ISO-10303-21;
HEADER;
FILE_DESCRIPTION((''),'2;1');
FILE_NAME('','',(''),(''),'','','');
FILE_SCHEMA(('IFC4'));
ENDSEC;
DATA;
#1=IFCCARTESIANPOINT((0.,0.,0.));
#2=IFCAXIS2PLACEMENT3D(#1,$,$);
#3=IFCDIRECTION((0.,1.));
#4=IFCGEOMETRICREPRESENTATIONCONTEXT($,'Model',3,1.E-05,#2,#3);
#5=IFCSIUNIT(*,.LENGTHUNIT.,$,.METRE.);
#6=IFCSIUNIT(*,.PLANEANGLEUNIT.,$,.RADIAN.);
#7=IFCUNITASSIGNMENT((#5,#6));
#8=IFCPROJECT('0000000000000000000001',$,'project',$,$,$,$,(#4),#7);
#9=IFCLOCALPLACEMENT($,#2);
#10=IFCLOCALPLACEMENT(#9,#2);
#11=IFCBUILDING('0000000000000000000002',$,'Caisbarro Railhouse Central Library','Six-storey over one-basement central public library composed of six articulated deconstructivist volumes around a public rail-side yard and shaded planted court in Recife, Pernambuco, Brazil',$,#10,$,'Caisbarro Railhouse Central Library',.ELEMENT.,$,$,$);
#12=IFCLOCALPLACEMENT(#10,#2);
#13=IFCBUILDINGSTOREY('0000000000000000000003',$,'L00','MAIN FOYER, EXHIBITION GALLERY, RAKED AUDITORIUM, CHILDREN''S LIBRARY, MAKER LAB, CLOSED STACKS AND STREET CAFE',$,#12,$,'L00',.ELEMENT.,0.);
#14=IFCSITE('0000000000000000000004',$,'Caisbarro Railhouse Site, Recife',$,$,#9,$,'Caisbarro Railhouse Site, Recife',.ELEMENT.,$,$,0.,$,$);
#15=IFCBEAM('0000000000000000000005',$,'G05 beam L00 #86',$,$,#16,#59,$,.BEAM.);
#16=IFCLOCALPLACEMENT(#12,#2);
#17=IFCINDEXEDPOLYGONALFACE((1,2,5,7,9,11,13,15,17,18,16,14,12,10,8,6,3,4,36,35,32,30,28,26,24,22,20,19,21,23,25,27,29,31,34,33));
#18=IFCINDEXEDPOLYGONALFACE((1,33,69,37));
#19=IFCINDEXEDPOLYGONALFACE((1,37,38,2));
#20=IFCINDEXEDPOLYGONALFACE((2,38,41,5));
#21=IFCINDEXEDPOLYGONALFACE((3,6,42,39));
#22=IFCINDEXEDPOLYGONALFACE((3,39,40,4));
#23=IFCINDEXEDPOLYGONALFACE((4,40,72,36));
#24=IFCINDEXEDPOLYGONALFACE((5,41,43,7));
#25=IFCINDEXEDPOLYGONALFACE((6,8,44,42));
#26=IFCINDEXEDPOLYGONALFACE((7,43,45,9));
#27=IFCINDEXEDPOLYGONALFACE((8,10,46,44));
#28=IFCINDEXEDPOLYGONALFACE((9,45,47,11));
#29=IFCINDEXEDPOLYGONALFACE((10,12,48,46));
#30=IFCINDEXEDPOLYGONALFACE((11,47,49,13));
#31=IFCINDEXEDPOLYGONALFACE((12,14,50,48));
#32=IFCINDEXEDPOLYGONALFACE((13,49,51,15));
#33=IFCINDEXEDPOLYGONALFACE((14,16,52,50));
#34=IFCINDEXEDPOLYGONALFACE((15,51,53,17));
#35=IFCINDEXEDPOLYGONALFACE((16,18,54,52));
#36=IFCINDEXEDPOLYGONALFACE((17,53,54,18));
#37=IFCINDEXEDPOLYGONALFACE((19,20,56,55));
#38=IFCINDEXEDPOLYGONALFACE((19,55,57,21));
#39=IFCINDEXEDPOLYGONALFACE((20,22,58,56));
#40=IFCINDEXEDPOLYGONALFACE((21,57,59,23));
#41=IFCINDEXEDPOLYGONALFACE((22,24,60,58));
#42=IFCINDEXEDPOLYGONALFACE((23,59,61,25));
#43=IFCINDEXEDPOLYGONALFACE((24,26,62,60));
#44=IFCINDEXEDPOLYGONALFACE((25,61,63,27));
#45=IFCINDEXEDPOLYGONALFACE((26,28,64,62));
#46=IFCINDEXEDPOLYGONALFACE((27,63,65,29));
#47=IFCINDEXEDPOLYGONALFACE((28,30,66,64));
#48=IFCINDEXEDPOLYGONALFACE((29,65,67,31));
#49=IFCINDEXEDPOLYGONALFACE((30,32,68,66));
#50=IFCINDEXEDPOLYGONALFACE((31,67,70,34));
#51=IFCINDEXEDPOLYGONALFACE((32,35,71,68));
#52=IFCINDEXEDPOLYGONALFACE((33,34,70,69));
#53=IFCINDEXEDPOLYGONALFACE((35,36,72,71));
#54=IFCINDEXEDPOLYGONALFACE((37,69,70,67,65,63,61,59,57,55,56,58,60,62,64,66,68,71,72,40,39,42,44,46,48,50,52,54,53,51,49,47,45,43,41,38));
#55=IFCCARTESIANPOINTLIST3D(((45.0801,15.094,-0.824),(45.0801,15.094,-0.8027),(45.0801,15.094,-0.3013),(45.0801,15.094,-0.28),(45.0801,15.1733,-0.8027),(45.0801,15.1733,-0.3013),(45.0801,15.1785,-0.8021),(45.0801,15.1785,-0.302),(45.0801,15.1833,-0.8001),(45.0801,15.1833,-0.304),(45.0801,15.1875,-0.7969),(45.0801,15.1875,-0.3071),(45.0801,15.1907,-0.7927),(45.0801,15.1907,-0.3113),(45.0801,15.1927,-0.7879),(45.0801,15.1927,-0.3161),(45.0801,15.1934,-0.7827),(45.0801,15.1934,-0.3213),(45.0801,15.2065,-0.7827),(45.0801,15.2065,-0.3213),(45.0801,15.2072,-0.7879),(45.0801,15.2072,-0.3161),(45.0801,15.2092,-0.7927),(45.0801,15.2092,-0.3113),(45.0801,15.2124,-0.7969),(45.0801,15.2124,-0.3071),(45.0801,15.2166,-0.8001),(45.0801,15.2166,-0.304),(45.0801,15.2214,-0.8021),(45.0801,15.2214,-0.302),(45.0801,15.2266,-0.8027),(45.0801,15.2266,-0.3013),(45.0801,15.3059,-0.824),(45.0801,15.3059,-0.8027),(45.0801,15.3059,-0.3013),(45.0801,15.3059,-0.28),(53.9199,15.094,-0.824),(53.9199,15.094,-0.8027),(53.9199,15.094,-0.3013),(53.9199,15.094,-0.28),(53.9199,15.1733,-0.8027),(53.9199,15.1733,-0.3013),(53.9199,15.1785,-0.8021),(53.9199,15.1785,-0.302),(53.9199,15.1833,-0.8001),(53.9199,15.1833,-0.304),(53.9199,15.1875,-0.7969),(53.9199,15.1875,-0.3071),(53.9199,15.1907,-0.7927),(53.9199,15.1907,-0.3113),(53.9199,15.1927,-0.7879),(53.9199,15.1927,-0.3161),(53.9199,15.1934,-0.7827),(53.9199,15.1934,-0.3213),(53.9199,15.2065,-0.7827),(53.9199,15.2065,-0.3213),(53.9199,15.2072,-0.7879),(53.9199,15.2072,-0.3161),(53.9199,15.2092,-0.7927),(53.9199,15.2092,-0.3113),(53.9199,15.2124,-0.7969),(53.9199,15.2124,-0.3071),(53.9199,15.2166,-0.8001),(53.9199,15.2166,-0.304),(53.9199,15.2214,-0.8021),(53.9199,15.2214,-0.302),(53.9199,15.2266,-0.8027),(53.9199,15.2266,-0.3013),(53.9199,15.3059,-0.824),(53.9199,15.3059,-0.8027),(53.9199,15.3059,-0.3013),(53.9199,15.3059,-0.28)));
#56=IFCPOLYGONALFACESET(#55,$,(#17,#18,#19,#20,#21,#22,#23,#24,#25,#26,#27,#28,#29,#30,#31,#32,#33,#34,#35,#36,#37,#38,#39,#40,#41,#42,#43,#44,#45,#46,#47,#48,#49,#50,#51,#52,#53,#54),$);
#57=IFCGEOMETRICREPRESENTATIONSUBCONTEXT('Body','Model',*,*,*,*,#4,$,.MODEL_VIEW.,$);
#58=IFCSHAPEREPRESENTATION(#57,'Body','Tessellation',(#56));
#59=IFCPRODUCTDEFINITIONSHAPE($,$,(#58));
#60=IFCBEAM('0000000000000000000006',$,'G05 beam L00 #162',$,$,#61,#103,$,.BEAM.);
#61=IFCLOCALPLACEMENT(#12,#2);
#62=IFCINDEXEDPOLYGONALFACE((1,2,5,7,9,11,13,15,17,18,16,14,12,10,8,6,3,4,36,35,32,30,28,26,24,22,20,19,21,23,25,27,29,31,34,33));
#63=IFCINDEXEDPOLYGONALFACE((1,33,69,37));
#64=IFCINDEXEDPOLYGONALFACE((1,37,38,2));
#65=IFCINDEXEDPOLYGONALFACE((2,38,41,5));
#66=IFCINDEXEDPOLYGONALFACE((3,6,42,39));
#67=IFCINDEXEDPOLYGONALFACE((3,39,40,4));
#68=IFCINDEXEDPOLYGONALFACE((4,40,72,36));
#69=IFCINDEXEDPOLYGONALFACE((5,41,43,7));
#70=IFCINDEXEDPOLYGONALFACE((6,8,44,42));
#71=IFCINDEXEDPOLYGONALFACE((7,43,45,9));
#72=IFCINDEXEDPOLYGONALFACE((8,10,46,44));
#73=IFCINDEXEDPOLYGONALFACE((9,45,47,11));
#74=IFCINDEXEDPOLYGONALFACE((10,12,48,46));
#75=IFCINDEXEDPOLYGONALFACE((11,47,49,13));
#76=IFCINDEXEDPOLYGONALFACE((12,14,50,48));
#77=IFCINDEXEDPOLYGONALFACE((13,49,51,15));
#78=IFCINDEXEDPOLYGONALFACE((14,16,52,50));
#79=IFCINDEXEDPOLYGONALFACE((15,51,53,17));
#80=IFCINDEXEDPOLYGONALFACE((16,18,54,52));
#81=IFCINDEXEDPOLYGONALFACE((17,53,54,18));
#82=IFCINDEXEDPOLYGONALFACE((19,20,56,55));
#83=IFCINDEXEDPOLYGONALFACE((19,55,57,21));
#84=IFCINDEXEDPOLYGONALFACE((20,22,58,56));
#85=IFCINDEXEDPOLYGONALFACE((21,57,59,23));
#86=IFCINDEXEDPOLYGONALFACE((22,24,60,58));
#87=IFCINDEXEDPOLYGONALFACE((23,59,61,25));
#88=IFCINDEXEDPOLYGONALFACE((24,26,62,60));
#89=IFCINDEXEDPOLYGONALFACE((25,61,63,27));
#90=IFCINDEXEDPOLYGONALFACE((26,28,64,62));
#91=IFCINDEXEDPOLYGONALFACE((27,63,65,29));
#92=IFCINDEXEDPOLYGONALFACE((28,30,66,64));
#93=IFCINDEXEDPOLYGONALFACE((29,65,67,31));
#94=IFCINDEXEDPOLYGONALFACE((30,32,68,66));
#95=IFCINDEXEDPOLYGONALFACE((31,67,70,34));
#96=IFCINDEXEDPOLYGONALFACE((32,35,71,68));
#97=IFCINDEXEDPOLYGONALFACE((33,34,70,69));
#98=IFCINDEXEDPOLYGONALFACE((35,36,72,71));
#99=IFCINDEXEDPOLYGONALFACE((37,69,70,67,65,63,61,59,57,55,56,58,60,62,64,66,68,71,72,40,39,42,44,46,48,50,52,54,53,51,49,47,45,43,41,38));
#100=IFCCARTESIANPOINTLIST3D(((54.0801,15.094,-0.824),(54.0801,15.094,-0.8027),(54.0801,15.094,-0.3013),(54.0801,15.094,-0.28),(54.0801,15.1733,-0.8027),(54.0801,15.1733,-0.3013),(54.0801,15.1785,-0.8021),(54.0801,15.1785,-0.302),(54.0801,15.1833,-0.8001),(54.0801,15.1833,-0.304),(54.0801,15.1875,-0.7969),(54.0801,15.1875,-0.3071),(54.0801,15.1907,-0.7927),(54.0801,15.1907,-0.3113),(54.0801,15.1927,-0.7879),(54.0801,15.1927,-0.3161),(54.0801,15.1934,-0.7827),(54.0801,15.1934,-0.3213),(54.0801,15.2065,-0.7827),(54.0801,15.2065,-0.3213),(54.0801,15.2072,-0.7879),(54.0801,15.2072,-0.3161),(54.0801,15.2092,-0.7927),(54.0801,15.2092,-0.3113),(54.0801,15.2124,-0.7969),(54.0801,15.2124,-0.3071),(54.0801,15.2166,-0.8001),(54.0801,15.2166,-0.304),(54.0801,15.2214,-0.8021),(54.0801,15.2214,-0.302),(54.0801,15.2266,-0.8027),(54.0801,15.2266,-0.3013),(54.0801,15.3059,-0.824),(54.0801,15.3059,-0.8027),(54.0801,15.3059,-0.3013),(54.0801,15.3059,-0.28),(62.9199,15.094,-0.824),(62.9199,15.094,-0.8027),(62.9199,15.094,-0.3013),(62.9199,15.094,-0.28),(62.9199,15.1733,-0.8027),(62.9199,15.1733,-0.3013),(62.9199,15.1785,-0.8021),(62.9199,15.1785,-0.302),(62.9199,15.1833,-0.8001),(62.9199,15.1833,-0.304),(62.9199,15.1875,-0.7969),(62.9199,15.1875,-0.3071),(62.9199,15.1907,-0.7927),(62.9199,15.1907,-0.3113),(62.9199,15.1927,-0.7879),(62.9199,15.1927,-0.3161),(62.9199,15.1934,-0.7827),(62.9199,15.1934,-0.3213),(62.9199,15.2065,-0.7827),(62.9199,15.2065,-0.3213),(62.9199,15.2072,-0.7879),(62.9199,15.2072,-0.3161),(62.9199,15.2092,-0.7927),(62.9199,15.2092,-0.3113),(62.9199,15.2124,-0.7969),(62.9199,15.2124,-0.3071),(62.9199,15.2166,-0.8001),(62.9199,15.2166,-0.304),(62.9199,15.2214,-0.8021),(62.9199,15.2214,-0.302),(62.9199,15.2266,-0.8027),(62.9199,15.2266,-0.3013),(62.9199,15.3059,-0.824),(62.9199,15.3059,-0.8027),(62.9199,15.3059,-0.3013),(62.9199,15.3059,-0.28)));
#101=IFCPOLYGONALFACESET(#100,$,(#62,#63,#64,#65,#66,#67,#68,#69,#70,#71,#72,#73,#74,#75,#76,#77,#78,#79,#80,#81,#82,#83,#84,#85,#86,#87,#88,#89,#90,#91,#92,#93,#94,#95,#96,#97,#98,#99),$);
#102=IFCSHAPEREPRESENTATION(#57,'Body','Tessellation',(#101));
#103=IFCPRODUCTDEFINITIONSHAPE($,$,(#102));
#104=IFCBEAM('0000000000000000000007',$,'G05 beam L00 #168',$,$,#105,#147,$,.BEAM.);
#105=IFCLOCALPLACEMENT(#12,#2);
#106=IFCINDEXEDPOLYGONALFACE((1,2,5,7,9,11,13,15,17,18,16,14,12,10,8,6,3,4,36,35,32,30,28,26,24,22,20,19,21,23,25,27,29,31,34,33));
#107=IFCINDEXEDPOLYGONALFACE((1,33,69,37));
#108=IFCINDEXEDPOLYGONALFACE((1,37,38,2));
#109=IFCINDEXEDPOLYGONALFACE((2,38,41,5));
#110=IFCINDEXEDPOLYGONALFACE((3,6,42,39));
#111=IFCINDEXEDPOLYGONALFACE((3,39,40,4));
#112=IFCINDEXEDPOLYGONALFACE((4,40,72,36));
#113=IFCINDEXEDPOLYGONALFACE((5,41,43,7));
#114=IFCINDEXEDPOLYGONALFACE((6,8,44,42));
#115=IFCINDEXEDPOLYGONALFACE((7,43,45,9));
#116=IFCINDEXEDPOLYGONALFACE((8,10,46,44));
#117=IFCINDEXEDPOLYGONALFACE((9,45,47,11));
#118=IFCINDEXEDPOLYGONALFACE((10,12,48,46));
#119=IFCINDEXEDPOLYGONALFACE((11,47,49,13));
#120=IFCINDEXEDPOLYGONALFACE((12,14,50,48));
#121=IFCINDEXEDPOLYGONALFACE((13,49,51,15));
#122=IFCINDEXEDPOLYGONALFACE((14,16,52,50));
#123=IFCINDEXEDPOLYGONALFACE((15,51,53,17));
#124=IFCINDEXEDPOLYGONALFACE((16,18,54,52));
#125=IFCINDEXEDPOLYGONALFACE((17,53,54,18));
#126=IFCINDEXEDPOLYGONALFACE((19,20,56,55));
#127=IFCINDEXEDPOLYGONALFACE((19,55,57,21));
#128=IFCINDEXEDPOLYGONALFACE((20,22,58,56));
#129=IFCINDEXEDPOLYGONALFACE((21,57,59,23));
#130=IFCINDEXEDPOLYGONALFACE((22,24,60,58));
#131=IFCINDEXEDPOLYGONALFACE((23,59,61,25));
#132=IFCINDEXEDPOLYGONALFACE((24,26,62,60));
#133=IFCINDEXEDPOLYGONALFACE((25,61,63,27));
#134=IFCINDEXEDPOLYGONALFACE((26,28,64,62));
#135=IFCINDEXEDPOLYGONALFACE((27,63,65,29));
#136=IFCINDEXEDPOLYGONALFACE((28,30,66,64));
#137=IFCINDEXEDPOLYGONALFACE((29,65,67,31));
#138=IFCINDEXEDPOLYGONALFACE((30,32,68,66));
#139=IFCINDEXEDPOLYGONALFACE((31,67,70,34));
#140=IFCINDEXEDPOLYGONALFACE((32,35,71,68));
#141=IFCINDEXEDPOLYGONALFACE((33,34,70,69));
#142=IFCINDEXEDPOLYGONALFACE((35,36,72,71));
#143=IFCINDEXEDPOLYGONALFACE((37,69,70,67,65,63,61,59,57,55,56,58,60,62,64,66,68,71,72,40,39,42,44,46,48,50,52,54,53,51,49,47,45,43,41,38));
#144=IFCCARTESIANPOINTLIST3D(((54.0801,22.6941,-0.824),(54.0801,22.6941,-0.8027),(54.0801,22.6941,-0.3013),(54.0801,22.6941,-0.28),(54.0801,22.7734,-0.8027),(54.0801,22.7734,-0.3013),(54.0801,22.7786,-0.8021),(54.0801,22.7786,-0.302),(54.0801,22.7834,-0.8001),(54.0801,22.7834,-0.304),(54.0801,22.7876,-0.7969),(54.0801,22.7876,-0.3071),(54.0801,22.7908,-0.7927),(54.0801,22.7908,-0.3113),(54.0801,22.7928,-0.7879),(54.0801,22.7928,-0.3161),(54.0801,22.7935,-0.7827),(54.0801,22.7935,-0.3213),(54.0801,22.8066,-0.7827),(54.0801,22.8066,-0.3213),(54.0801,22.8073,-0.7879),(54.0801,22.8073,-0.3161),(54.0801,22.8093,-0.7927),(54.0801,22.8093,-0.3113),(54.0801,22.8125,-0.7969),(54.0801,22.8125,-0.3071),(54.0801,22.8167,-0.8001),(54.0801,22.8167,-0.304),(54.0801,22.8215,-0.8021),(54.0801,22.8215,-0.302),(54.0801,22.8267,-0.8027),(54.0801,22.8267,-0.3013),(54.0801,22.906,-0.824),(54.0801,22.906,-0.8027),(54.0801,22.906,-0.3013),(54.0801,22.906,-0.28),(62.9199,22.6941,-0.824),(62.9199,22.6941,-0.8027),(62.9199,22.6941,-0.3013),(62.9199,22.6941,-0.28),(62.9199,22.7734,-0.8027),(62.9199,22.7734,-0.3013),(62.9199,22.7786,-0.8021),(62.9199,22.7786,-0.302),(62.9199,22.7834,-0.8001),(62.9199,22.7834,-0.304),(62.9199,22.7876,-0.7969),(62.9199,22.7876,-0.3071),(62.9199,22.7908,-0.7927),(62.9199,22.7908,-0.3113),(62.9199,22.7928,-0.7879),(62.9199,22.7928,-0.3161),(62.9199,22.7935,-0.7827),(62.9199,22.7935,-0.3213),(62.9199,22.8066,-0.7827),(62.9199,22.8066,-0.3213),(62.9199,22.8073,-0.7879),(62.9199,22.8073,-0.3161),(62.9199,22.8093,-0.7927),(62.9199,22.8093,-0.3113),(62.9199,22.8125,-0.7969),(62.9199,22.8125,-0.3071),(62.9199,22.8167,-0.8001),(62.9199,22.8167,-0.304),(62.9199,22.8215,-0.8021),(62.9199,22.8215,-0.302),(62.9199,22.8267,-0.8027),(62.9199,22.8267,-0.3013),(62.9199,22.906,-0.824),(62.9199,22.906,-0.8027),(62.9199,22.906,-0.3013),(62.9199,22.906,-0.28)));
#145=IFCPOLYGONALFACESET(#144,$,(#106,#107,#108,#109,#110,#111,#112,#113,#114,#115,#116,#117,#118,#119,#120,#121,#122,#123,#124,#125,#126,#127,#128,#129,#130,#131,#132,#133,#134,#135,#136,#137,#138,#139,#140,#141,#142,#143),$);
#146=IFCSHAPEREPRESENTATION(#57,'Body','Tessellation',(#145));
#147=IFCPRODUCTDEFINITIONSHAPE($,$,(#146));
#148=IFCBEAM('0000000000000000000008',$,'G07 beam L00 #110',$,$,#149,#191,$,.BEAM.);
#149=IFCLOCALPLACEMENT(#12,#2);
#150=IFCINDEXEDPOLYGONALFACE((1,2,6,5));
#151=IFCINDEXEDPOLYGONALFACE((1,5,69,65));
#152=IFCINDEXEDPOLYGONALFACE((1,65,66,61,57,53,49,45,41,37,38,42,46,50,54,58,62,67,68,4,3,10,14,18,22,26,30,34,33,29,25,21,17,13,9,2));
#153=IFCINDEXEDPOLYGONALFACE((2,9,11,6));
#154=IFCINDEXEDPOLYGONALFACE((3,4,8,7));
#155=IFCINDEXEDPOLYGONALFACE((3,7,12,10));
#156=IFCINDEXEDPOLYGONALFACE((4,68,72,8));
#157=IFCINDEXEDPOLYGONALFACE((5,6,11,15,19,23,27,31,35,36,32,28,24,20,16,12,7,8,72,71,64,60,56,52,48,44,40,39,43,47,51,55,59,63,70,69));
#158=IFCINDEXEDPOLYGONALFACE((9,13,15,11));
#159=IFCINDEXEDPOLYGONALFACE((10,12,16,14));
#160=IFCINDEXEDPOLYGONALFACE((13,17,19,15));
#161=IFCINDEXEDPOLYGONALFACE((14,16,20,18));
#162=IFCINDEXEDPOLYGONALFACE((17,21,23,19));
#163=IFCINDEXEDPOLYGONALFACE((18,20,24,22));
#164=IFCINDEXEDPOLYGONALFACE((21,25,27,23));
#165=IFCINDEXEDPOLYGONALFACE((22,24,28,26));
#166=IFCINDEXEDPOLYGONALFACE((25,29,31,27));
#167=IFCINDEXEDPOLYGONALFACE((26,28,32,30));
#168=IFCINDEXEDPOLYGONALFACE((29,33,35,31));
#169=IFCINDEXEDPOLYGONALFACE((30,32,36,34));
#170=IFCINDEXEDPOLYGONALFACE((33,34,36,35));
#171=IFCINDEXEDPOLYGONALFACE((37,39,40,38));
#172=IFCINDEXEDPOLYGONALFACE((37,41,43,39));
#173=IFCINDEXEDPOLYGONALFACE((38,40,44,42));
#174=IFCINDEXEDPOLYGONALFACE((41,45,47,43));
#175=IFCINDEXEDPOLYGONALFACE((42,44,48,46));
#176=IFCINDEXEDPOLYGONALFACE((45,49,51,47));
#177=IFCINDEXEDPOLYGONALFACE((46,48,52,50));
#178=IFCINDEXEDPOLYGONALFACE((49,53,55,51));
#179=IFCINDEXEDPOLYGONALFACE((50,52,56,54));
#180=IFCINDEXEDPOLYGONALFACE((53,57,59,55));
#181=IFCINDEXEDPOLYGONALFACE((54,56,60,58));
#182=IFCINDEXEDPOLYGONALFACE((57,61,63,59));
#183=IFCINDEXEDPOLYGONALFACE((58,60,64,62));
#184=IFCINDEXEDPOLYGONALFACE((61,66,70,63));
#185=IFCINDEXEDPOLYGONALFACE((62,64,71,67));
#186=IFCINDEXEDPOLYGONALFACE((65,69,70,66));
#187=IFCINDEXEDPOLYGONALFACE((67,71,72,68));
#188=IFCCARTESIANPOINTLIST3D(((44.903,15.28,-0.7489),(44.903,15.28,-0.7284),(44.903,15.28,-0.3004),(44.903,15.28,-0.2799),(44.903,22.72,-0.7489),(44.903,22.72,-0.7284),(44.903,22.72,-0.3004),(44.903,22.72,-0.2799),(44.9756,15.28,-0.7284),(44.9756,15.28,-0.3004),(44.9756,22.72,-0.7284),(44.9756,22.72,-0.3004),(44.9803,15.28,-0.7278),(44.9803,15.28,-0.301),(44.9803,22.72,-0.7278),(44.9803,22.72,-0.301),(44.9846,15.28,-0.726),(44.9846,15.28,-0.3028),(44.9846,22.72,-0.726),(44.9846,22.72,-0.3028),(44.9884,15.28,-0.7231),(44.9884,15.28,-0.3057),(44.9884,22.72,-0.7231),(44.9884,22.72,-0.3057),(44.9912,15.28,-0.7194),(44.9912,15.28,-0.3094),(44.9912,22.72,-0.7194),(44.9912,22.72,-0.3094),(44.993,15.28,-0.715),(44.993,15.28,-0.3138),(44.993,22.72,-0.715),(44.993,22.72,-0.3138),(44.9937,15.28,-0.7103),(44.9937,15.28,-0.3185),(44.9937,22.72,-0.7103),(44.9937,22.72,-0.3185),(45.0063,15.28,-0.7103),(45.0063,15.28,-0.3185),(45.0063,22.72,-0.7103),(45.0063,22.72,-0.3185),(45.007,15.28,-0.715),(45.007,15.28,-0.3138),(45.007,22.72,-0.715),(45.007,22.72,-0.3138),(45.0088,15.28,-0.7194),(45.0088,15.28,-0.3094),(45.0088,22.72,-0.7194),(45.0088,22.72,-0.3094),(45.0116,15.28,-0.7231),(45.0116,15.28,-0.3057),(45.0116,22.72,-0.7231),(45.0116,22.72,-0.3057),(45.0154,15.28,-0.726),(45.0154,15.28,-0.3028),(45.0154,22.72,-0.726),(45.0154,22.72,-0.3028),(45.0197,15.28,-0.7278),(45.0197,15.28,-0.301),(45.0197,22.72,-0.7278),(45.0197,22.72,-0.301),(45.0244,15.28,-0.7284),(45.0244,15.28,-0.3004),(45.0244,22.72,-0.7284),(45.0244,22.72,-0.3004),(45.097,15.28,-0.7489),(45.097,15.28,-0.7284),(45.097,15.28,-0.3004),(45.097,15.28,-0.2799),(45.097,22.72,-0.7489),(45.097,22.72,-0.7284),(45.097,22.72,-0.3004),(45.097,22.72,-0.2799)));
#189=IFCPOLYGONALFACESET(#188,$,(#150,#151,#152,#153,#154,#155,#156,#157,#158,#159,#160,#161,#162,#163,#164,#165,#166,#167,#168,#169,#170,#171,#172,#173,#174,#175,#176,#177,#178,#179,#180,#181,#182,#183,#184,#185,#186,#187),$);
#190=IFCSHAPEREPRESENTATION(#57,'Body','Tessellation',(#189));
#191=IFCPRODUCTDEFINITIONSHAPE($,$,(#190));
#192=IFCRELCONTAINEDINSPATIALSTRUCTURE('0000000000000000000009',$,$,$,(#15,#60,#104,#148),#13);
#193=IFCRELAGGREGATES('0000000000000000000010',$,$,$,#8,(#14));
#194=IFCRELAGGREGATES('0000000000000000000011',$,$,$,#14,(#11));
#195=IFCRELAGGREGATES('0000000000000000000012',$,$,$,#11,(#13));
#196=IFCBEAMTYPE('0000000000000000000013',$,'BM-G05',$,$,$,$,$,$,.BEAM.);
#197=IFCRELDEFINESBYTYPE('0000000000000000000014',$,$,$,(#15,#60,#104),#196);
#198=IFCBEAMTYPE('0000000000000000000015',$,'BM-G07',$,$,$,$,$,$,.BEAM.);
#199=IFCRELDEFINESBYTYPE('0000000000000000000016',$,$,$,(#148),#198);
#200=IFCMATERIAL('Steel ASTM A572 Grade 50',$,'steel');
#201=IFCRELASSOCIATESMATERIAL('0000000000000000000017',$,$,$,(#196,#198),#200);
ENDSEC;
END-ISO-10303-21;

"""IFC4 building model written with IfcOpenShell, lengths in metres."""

from ifc_helpers import new_model, si_unit, direction, frame, origin, origin_2d, place, context, subcontext, project, spatial, i_section, extrude, material, material_profile, profile_set, type_object, element, save


model = new_model("IFC4")

# Units and contexts
model_context = context("Model", 3, precision=1e-05, world=origin(), true_north=direction((0.0, 1.0)))
body_context = subcontext(model_context, "Body", "Model", "MODEL_VIEW")
ifc_project = project(units=[si_unit("LENGTHUNIT", "METRE"), si_unit("PLANEANGLEUNIT", "RADIAN")], contexts=[model_context])

# Site, building, storey
site_placement = place(None, origin())
site = spatial("IfcSite", under=ifc_project, at=site_placement, Name="Caisbarro Railhouse Site, Recife", LongName="Caisbarro Railhouse Site, Recife", CompositionType="ELEMENT", RefElevation=0.0)
building_placement = place(site_placement, origin())
building = spatial("IfcBuilding", under=site, at=building_placement, Name="Caisbarro Railhouse Central Library", Description="Six-storey over one-basement central public library composed of six articulated deconstructivist volumes around a public rail-side yard and shaded planted court in Recife, Pernambuco, Brazil", LongName="Caisbarro Railhouse Central Library", CompositionType="ELEMENT")
storey_placement = place(building_placement, origin())
storey = spatial("IfcBuildingStorey", under=building, at=storey_placement, Name="L00", Description="MAIN FOYER, EXHIBITION GALLERY, RAKED AUDITORIUM, CHILDREN'S LIBRARY, MAKER LAB, CLOSED STACKS AND STREET CAFE", LongName="L00", CompositionType="ELEMENT", Elevation=0.0)

# Shared definitions
ifc_material_1 = material(Name="Steel ASTM A572 Grade 50", Category="steel")

# Beams
ifc_material_profile_1 = material_profile(ifc_material_1, i_section(OverallWidth=0.2119, OverallDepth=0.5439, WebThickness=0.0132, FlangeThickness=0.0212, FilletRadius=0.02, at=origin_2d()), Name="W530X123.0")
ifc_profile_set_1 = profile_set([ifc_material_profile_1], Name="Steel ASTM A572 Grade 50")
beam_type_1 = type_object("IfcBeamType", Name="BM-G05", PredefinedType="BEAM", material=ifc_profile_set_1)
for number, where, z_axis, x_axis, name in (
    (1, (45.0801, 15.2, -0.552), (1.0, 0.0, 0.0), (0.0, 1.0, 0.0), "G05 beam L00 #86"),
    (2, (54.0801, 15.2, -0.552), (1.0, 0.0, 0.0), (0.0, 1.0, 0.0), "G05 beam L00 #162"),
    (3, (54.0801, 22.8, -0.552), (1.0, 0.0, 0.0), (0.0, 1.0, 0.0), "G05 beam L00 #168"),
):
    element("IfcBeam", number, at=place(storey_placement, frame(where, z_axis=z_axis, x_axis=x_axis)), inside=storey, type_object=beam_type_1, Name=name, PredefinedType="BEAM", context=body_context, shape_type="SweptSolid", body=[
        extrude(i_section(OverallWidth=0.2119, OverallDepth=0.5439, WebThickness=0.0132, FlangeThickness=0.0212, FilletRadius=0.02, at=origin_2d()), origin(), (0.0, 0.0, 1.0), 8.8398),
    ])
ifc_material_profile_2 = material_profile(ifc_material_1, i_section(OverallWidth=0.1941, OverallDepth=0.469, WebThickness=0.0127, FlangeThickness=0.0205, FilletRadius=0.0181, at=origin_2d()), Name="W460X106.0")
ifc_profile_set_2 = profile_set([ifc_material_profile_2], Name="Steel ASTM A572 Grade 50")
beam_type_2 = type_object("IfcBeamType", Name="BM-G07", PredefinedType="BEAM", material=ifc_profile_set_2)
for number, where, z_axis, x_axis, name in (
    (4, (45.0, 15.28, -0.5144), (0.0, 1.0, 0.0), (-1.0, 0.0, 0.0), "G07 beam L00 #110"),
):
    element("IfcBeam", number, at=place(storey_placement, frame(where, z_axis=z_axis, x_axis=x_axis)), inside=storey, type_object=beam_type_2, Name=name, PredefinedType="BEAM", context=body_context, shape_type="SweptSolid", body=[
        extrude(i_section(OverallWidth=0.1941, OverallDepth=0.469, WebThickness=0.0127, FlangeThickness=0.0205, FilletRadius=0.0181, at=origin_2d()), origin(), (0.0, 0.0, 1.0), 7.4399),
    ])

save(model, "model.ifc")
